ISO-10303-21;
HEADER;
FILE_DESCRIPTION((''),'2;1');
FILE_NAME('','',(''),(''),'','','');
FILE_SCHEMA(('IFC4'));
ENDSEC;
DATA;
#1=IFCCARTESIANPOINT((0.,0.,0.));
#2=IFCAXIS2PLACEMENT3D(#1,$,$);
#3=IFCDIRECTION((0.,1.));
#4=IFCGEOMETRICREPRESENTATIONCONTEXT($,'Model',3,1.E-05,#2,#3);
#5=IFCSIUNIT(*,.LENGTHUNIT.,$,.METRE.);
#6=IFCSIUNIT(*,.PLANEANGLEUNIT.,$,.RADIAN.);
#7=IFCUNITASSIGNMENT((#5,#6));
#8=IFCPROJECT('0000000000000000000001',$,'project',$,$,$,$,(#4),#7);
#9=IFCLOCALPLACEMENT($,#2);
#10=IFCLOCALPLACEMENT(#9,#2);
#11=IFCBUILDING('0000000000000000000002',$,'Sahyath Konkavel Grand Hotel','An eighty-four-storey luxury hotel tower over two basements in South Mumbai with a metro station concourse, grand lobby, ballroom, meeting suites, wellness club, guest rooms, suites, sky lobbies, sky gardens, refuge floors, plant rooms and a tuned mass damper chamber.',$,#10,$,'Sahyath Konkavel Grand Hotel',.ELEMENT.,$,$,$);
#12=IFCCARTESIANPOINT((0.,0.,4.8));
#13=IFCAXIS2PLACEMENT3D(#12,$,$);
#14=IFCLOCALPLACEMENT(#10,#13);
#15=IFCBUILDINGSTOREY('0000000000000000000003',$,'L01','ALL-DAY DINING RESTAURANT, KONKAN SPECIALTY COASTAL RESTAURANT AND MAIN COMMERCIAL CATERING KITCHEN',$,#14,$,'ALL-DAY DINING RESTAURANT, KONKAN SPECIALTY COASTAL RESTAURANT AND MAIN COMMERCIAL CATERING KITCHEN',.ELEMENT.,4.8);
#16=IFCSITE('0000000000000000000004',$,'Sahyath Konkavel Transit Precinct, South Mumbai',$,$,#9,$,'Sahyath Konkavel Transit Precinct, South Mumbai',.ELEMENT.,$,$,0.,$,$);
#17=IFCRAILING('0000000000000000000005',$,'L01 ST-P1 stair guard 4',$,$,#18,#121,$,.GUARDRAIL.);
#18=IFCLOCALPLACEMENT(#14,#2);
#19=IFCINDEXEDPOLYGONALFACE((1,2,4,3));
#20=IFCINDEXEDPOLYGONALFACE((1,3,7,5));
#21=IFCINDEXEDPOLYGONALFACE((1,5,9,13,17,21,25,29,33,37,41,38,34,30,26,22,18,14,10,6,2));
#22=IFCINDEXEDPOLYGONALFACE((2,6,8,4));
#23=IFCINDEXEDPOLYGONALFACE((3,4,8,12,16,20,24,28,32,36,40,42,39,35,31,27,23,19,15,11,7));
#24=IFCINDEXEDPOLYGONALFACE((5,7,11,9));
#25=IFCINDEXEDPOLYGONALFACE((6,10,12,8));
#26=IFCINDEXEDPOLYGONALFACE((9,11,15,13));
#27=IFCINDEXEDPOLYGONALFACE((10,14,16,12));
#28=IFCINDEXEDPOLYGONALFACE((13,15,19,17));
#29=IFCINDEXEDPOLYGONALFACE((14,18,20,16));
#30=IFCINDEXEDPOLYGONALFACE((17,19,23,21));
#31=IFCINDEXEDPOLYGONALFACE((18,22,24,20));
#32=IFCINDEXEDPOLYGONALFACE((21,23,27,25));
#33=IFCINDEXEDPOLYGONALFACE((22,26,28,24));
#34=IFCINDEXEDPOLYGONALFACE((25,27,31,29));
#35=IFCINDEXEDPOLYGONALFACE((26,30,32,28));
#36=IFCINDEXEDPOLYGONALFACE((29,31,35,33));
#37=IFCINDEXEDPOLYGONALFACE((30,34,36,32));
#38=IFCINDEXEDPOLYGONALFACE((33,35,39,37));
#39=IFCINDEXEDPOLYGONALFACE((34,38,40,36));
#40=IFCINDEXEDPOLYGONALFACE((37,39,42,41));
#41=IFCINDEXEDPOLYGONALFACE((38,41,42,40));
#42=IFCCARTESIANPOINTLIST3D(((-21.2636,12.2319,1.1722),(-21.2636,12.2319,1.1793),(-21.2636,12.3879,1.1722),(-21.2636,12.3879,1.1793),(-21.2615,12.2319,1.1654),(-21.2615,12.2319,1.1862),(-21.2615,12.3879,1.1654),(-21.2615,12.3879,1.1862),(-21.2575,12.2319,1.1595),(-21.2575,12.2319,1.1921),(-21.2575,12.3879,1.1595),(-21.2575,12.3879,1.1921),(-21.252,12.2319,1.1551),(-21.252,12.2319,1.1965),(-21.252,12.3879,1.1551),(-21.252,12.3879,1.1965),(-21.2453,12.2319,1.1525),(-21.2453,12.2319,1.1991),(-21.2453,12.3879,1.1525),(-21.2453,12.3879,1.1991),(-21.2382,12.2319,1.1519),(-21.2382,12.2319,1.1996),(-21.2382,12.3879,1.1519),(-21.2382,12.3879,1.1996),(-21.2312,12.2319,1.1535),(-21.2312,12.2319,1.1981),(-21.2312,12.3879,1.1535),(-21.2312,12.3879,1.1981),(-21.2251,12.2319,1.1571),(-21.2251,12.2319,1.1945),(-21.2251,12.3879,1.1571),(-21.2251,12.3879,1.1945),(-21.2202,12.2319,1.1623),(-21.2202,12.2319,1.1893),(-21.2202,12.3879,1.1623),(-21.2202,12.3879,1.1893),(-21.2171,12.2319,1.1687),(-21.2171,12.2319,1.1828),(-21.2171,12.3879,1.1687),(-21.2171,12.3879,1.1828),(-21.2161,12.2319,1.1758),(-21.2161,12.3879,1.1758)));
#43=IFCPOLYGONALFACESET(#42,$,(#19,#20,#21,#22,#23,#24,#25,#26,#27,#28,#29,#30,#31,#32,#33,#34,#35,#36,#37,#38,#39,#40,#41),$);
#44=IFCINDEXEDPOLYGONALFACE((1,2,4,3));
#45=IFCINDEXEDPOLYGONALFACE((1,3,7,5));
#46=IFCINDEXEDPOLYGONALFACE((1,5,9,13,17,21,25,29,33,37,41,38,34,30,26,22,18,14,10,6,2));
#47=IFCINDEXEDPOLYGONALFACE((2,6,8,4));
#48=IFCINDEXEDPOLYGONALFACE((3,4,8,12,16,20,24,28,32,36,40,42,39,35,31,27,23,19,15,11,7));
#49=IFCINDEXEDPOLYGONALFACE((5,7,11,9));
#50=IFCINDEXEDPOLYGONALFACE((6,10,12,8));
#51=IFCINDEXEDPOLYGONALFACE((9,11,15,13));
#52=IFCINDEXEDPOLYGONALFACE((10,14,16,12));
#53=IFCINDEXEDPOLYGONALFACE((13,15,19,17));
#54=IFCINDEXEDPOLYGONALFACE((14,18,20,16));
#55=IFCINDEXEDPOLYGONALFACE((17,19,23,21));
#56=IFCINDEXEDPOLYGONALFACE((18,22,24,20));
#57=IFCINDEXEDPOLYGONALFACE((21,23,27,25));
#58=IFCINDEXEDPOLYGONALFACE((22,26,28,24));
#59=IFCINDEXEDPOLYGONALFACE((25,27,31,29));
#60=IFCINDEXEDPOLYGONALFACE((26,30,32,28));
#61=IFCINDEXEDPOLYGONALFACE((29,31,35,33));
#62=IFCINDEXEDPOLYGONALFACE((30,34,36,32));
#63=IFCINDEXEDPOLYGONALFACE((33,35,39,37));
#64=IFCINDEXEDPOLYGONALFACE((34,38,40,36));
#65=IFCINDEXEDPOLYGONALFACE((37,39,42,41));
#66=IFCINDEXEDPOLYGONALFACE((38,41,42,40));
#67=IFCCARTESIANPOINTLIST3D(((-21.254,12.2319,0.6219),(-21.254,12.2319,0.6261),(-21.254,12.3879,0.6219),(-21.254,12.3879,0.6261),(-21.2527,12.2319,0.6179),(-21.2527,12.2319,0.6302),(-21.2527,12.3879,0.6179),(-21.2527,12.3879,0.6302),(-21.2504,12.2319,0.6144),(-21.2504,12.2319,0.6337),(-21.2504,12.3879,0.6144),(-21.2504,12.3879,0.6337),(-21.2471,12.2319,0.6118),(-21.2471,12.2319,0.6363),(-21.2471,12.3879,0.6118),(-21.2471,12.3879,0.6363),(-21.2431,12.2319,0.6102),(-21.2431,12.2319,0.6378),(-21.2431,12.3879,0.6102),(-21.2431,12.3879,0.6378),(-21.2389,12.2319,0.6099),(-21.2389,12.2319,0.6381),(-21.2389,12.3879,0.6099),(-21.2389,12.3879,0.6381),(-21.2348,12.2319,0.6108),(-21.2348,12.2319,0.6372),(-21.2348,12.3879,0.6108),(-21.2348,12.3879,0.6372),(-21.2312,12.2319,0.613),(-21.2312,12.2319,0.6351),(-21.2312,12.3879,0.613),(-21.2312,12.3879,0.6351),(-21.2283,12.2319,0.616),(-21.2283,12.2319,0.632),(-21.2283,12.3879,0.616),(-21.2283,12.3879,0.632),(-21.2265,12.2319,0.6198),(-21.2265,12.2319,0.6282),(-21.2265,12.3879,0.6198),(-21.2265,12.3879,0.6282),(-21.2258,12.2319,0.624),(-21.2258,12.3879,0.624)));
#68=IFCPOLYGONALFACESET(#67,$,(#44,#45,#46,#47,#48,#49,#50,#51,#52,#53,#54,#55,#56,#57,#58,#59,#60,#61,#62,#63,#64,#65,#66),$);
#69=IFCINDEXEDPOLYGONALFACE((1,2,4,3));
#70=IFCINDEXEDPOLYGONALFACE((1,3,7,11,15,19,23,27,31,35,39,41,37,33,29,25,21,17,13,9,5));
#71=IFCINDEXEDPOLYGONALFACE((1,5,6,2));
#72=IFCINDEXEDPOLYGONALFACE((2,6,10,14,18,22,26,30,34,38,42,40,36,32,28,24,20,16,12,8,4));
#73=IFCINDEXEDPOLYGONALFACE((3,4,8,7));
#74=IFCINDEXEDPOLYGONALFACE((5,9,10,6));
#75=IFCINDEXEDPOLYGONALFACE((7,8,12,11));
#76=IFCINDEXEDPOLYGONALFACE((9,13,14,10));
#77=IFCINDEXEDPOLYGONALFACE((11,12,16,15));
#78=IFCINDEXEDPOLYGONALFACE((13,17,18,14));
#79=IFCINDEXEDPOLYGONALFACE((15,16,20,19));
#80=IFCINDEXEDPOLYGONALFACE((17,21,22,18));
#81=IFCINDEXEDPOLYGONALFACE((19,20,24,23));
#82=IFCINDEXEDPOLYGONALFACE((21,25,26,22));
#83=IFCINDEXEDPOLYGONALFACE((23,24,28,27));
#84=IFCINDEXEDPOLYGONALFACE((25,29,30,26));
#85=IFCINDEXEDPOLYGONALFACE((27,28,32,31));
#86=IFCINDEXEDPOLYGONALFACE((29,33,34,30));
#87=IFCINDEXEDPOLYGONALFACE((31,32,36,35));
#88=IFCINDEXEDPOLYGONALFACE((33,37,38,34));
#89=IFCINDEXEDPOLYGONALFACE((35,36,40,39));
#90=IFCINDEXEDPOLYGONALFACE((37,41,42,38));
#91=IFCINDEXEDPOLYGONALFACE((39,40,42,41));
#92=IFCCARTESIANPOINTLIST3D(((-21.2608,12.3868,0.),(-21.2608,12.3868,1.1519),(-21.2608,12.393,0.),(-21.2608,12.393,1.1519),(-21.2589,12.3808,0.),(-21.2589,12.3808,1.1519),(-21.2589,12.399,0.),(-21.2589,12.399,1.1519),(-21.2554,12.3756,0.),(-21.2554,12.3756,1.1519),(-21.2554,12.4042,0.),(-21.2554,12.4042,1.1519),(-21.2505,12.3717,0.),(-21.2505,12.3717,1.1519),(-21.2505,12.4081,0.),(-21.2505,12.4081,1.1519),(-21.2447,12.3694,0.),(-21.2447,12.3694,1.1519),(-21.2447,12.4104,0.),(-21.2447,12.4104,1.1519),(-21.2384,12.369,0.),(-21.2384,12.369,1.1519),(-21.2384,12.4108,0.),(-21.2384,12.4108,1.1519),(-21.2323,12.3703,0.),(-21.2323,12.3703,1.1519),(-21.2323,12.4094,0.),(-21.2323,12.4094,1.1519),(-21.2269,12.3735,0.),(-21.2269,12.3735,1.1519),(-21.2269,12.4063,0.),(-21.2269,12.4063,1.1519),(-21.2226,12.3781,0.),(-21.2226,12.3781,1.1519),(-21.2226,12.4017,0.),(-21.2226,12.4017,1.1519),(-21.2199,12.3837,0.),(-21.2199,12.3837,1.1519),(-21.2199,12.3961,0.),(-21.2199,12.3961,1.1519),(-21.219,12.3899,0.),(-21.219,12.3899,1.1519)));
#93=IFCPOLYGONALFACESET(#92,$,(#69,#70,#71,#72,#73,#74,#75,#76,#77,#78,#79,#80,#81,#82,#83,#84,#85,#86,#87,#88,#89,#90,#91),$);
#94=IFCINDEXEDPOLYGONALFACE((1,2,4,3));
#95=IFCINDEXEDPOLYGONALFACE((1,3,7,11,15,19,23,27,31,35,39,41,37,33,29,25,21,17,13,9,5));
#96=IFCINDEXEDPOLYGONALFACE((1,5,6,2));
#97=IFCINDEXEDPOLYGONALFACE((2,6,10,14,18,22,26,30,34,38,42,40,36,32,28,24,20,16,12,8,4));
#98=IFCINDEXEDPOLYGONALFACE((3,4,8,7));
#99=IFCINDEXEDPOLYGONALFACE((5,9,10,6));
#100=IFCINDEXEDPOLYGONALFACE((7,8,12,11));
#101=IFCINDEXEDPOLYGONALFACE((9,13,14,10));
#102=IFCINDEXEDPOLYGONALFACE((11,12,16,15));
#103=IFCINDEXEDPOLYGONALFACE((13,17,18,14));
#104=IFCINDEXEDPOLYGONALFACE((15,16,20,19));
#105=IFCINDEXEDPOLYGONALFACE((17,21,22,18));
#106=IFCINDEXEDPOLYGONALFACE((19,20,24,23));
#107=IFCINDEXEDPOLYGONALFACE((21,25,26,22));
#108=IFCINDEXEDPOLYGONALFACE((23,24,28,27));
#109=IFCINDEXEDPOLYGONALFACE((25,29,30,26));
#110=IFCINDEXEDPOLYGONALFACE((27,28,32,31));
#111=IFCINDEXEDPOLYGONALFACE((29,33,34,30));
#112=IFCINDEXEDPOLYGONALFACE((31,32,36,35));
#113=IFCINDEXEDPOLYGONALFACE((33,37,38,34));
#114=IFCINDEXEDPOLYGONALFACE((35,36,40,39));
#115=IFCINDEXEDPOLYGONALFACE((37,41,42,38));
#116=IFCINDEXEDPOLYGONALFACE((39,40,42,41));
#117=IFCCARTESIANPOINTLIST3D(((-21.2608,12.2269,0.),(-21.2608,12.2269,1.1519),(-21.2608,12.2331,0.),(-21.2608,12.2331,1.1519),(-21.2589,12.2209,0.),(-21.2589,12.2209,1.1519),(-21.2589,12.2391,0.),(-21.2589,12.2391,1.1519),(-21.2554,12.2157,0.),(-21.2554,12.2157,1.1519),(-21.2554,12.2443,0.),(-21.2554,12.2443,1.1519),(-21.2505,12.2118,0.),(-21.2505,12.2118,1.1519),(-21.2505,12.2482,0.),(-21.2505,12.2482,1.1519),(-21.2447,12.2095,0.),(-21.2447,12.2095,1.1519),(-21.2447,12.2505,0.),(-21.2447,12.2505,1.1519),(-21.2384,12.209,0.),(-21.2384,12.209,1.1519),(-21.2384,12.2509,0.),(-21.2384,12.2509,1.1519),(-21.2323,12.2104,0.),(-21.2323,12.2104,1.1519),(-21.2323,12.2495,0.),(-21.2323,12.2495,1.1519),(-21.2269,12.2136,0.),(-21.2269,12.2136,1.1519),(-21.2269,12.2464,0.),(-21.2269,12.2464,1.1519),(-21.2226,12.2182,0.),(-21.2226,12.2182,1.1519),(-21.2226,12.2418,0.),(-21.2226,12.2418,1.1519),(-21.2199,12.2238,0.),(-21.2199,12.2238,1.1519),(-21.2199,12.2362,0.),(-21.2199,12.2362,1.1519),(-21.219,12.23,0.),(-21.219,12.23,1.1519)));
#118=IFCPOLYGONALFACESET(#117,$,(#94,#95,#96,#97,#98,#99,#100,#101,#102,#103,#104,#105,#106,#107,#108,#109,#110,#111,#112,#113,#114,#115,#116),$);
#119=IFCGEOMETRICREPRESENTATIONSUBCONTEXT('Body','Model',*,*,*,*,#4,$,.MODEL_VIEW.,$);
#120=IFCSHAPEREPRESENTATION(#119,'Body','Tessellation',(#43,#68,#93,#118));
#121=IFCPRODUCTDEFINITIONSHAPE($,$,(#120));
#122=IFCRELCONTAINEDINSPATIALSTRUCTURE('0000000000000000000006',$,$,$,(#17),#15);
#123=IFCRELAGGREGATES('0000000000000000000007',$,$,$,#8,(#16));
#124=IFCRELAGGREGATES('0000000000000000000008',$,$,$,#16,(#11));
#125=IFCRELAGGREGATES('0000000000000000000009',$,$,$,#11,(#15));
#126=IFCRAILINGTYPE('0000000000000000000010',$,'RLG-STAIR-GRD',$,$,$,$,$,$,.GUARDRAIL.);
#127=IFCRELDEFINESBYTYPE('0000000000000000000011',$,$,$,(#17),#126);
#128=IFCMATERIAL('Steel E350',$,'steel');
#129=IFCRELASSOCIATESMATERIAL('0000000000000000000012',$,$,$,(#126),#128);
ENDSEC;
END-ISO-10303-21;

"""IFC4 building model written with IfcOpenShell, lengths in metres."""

from ifc_helpers import new_model, si_unit, direction, frame, origin, origin_2d, place, context, subcontext, project, spatial, circle, extrude, material, type_object, element, save


model = new_model("IFC4")

# Units and contexts
model_context = context("Model", 3, precision=1e-05, world=origin(), true_north=direction((0.0, 1.0)))
body_context = subcontext(model_context, "Body", "Model", "MODEL_VIEW")
ifc_project = project(units=[si_unit("LENGTHUNIT", "METRE"), si_unit("PLANEANGLEUNIT", "RADIAN")], contexts=[model_context])

# Site, building, storey
site_placement = place(None, origin())
site = spatial("IfcSite", under=ifc_project, at=site_placement, Name="Sahyath Konkavel Transit Precinct, South Mumbai", LongName="Sahyath Konkavel Transit Precinct, South Mumbai", CompositionType="ELEMENT", RefElevation=0.0)
building_placement = place(site_placement, origin())
building = spatial("IfcBuilding", under=site, at=building_placement, Name="Sahyath Konkavel Grand Hotel", Description="An eighty-four-storey luxury hotel tower over two basements in South Mumbai with a metro station concourse, grand lobby, ballroom, meeting suites, wellness club, guest rooms, suites, sky lobbies, sky gardens, refuge floors, plant rooms and a tuned mass damper chamber.", LongName="Sahyath Konkavel Grand Hotel", CompositionType="ELEMENT")
storey_placement = place(building_placement, frame((0.0, 0.0, 4.8)))
storey = spatial("IfcBuildingStorey", under=building, at=storey_placement, Name="L01", Description="ALL-DAY DINING RESTAURANT, KONKAN SPECIALTY COASTAL RESTAURANT AND MAIN COMMERCIAL CATERING KITCHEN", LongName="ALL-DAY DINING RESTAURANT, KONKAN SPECIALTY COASTAL RESTAURANT AND MAIN COMMERCIAL CATERING KITCHEN", CompositionType="ELEMENT", Elevation=4.8)

# Shared definitions
ifc_material_1 = material(Name="Steel E350", Category="steel")

# Railing
railing_type_1 = type_object("IfcRailingType", Name="RLG-STAIR-GRD", PredefinedType="GUARDRAIL", material=ifc_material_1)
railing_1_placement = place(storey_placement, frame((-21.24, 12.3899, 0.0)))
element("IfcRailing", 1, at=railing_1_placement, inside=storey, type_object=railing_type_1, Name="L01 ST-P1 stair guard 4", PredefinedType="GUARDRAIL", context=body_context, shape_type="SweptSolid", body=[
    extrude(circle(Radius=0.0239, at=origin_2d()), frame((0.0, -0.002, 1.1758), z_axis=(0.0, -1.0, 0.0), x_axis=(1.0, 0.0, 0.0)), (0.0, 0.0, 1.0), 0.156),
    extrude(circle(Radius=0.0142, at=origin_2d()), frame((0.0, -0.002, 0.624), z_axis=(0.0, -1.0, 0.0), x_axis=(1.0, 0.0, 0.0)), (0.0, 0.0, 1.0), 0.156),
    extrude(circle(Radius=0.021, at=origin_2d()), origin(), (0.0, 0.0, 1.0), 1.1519),
    extrude(circle(Radius=0.021, at=origin_2d()), frame((0.0, -0.1599, 0.0)), (0.0, 0.0, 1.0), 1.1519),
])

save(model, "model.ifc")
